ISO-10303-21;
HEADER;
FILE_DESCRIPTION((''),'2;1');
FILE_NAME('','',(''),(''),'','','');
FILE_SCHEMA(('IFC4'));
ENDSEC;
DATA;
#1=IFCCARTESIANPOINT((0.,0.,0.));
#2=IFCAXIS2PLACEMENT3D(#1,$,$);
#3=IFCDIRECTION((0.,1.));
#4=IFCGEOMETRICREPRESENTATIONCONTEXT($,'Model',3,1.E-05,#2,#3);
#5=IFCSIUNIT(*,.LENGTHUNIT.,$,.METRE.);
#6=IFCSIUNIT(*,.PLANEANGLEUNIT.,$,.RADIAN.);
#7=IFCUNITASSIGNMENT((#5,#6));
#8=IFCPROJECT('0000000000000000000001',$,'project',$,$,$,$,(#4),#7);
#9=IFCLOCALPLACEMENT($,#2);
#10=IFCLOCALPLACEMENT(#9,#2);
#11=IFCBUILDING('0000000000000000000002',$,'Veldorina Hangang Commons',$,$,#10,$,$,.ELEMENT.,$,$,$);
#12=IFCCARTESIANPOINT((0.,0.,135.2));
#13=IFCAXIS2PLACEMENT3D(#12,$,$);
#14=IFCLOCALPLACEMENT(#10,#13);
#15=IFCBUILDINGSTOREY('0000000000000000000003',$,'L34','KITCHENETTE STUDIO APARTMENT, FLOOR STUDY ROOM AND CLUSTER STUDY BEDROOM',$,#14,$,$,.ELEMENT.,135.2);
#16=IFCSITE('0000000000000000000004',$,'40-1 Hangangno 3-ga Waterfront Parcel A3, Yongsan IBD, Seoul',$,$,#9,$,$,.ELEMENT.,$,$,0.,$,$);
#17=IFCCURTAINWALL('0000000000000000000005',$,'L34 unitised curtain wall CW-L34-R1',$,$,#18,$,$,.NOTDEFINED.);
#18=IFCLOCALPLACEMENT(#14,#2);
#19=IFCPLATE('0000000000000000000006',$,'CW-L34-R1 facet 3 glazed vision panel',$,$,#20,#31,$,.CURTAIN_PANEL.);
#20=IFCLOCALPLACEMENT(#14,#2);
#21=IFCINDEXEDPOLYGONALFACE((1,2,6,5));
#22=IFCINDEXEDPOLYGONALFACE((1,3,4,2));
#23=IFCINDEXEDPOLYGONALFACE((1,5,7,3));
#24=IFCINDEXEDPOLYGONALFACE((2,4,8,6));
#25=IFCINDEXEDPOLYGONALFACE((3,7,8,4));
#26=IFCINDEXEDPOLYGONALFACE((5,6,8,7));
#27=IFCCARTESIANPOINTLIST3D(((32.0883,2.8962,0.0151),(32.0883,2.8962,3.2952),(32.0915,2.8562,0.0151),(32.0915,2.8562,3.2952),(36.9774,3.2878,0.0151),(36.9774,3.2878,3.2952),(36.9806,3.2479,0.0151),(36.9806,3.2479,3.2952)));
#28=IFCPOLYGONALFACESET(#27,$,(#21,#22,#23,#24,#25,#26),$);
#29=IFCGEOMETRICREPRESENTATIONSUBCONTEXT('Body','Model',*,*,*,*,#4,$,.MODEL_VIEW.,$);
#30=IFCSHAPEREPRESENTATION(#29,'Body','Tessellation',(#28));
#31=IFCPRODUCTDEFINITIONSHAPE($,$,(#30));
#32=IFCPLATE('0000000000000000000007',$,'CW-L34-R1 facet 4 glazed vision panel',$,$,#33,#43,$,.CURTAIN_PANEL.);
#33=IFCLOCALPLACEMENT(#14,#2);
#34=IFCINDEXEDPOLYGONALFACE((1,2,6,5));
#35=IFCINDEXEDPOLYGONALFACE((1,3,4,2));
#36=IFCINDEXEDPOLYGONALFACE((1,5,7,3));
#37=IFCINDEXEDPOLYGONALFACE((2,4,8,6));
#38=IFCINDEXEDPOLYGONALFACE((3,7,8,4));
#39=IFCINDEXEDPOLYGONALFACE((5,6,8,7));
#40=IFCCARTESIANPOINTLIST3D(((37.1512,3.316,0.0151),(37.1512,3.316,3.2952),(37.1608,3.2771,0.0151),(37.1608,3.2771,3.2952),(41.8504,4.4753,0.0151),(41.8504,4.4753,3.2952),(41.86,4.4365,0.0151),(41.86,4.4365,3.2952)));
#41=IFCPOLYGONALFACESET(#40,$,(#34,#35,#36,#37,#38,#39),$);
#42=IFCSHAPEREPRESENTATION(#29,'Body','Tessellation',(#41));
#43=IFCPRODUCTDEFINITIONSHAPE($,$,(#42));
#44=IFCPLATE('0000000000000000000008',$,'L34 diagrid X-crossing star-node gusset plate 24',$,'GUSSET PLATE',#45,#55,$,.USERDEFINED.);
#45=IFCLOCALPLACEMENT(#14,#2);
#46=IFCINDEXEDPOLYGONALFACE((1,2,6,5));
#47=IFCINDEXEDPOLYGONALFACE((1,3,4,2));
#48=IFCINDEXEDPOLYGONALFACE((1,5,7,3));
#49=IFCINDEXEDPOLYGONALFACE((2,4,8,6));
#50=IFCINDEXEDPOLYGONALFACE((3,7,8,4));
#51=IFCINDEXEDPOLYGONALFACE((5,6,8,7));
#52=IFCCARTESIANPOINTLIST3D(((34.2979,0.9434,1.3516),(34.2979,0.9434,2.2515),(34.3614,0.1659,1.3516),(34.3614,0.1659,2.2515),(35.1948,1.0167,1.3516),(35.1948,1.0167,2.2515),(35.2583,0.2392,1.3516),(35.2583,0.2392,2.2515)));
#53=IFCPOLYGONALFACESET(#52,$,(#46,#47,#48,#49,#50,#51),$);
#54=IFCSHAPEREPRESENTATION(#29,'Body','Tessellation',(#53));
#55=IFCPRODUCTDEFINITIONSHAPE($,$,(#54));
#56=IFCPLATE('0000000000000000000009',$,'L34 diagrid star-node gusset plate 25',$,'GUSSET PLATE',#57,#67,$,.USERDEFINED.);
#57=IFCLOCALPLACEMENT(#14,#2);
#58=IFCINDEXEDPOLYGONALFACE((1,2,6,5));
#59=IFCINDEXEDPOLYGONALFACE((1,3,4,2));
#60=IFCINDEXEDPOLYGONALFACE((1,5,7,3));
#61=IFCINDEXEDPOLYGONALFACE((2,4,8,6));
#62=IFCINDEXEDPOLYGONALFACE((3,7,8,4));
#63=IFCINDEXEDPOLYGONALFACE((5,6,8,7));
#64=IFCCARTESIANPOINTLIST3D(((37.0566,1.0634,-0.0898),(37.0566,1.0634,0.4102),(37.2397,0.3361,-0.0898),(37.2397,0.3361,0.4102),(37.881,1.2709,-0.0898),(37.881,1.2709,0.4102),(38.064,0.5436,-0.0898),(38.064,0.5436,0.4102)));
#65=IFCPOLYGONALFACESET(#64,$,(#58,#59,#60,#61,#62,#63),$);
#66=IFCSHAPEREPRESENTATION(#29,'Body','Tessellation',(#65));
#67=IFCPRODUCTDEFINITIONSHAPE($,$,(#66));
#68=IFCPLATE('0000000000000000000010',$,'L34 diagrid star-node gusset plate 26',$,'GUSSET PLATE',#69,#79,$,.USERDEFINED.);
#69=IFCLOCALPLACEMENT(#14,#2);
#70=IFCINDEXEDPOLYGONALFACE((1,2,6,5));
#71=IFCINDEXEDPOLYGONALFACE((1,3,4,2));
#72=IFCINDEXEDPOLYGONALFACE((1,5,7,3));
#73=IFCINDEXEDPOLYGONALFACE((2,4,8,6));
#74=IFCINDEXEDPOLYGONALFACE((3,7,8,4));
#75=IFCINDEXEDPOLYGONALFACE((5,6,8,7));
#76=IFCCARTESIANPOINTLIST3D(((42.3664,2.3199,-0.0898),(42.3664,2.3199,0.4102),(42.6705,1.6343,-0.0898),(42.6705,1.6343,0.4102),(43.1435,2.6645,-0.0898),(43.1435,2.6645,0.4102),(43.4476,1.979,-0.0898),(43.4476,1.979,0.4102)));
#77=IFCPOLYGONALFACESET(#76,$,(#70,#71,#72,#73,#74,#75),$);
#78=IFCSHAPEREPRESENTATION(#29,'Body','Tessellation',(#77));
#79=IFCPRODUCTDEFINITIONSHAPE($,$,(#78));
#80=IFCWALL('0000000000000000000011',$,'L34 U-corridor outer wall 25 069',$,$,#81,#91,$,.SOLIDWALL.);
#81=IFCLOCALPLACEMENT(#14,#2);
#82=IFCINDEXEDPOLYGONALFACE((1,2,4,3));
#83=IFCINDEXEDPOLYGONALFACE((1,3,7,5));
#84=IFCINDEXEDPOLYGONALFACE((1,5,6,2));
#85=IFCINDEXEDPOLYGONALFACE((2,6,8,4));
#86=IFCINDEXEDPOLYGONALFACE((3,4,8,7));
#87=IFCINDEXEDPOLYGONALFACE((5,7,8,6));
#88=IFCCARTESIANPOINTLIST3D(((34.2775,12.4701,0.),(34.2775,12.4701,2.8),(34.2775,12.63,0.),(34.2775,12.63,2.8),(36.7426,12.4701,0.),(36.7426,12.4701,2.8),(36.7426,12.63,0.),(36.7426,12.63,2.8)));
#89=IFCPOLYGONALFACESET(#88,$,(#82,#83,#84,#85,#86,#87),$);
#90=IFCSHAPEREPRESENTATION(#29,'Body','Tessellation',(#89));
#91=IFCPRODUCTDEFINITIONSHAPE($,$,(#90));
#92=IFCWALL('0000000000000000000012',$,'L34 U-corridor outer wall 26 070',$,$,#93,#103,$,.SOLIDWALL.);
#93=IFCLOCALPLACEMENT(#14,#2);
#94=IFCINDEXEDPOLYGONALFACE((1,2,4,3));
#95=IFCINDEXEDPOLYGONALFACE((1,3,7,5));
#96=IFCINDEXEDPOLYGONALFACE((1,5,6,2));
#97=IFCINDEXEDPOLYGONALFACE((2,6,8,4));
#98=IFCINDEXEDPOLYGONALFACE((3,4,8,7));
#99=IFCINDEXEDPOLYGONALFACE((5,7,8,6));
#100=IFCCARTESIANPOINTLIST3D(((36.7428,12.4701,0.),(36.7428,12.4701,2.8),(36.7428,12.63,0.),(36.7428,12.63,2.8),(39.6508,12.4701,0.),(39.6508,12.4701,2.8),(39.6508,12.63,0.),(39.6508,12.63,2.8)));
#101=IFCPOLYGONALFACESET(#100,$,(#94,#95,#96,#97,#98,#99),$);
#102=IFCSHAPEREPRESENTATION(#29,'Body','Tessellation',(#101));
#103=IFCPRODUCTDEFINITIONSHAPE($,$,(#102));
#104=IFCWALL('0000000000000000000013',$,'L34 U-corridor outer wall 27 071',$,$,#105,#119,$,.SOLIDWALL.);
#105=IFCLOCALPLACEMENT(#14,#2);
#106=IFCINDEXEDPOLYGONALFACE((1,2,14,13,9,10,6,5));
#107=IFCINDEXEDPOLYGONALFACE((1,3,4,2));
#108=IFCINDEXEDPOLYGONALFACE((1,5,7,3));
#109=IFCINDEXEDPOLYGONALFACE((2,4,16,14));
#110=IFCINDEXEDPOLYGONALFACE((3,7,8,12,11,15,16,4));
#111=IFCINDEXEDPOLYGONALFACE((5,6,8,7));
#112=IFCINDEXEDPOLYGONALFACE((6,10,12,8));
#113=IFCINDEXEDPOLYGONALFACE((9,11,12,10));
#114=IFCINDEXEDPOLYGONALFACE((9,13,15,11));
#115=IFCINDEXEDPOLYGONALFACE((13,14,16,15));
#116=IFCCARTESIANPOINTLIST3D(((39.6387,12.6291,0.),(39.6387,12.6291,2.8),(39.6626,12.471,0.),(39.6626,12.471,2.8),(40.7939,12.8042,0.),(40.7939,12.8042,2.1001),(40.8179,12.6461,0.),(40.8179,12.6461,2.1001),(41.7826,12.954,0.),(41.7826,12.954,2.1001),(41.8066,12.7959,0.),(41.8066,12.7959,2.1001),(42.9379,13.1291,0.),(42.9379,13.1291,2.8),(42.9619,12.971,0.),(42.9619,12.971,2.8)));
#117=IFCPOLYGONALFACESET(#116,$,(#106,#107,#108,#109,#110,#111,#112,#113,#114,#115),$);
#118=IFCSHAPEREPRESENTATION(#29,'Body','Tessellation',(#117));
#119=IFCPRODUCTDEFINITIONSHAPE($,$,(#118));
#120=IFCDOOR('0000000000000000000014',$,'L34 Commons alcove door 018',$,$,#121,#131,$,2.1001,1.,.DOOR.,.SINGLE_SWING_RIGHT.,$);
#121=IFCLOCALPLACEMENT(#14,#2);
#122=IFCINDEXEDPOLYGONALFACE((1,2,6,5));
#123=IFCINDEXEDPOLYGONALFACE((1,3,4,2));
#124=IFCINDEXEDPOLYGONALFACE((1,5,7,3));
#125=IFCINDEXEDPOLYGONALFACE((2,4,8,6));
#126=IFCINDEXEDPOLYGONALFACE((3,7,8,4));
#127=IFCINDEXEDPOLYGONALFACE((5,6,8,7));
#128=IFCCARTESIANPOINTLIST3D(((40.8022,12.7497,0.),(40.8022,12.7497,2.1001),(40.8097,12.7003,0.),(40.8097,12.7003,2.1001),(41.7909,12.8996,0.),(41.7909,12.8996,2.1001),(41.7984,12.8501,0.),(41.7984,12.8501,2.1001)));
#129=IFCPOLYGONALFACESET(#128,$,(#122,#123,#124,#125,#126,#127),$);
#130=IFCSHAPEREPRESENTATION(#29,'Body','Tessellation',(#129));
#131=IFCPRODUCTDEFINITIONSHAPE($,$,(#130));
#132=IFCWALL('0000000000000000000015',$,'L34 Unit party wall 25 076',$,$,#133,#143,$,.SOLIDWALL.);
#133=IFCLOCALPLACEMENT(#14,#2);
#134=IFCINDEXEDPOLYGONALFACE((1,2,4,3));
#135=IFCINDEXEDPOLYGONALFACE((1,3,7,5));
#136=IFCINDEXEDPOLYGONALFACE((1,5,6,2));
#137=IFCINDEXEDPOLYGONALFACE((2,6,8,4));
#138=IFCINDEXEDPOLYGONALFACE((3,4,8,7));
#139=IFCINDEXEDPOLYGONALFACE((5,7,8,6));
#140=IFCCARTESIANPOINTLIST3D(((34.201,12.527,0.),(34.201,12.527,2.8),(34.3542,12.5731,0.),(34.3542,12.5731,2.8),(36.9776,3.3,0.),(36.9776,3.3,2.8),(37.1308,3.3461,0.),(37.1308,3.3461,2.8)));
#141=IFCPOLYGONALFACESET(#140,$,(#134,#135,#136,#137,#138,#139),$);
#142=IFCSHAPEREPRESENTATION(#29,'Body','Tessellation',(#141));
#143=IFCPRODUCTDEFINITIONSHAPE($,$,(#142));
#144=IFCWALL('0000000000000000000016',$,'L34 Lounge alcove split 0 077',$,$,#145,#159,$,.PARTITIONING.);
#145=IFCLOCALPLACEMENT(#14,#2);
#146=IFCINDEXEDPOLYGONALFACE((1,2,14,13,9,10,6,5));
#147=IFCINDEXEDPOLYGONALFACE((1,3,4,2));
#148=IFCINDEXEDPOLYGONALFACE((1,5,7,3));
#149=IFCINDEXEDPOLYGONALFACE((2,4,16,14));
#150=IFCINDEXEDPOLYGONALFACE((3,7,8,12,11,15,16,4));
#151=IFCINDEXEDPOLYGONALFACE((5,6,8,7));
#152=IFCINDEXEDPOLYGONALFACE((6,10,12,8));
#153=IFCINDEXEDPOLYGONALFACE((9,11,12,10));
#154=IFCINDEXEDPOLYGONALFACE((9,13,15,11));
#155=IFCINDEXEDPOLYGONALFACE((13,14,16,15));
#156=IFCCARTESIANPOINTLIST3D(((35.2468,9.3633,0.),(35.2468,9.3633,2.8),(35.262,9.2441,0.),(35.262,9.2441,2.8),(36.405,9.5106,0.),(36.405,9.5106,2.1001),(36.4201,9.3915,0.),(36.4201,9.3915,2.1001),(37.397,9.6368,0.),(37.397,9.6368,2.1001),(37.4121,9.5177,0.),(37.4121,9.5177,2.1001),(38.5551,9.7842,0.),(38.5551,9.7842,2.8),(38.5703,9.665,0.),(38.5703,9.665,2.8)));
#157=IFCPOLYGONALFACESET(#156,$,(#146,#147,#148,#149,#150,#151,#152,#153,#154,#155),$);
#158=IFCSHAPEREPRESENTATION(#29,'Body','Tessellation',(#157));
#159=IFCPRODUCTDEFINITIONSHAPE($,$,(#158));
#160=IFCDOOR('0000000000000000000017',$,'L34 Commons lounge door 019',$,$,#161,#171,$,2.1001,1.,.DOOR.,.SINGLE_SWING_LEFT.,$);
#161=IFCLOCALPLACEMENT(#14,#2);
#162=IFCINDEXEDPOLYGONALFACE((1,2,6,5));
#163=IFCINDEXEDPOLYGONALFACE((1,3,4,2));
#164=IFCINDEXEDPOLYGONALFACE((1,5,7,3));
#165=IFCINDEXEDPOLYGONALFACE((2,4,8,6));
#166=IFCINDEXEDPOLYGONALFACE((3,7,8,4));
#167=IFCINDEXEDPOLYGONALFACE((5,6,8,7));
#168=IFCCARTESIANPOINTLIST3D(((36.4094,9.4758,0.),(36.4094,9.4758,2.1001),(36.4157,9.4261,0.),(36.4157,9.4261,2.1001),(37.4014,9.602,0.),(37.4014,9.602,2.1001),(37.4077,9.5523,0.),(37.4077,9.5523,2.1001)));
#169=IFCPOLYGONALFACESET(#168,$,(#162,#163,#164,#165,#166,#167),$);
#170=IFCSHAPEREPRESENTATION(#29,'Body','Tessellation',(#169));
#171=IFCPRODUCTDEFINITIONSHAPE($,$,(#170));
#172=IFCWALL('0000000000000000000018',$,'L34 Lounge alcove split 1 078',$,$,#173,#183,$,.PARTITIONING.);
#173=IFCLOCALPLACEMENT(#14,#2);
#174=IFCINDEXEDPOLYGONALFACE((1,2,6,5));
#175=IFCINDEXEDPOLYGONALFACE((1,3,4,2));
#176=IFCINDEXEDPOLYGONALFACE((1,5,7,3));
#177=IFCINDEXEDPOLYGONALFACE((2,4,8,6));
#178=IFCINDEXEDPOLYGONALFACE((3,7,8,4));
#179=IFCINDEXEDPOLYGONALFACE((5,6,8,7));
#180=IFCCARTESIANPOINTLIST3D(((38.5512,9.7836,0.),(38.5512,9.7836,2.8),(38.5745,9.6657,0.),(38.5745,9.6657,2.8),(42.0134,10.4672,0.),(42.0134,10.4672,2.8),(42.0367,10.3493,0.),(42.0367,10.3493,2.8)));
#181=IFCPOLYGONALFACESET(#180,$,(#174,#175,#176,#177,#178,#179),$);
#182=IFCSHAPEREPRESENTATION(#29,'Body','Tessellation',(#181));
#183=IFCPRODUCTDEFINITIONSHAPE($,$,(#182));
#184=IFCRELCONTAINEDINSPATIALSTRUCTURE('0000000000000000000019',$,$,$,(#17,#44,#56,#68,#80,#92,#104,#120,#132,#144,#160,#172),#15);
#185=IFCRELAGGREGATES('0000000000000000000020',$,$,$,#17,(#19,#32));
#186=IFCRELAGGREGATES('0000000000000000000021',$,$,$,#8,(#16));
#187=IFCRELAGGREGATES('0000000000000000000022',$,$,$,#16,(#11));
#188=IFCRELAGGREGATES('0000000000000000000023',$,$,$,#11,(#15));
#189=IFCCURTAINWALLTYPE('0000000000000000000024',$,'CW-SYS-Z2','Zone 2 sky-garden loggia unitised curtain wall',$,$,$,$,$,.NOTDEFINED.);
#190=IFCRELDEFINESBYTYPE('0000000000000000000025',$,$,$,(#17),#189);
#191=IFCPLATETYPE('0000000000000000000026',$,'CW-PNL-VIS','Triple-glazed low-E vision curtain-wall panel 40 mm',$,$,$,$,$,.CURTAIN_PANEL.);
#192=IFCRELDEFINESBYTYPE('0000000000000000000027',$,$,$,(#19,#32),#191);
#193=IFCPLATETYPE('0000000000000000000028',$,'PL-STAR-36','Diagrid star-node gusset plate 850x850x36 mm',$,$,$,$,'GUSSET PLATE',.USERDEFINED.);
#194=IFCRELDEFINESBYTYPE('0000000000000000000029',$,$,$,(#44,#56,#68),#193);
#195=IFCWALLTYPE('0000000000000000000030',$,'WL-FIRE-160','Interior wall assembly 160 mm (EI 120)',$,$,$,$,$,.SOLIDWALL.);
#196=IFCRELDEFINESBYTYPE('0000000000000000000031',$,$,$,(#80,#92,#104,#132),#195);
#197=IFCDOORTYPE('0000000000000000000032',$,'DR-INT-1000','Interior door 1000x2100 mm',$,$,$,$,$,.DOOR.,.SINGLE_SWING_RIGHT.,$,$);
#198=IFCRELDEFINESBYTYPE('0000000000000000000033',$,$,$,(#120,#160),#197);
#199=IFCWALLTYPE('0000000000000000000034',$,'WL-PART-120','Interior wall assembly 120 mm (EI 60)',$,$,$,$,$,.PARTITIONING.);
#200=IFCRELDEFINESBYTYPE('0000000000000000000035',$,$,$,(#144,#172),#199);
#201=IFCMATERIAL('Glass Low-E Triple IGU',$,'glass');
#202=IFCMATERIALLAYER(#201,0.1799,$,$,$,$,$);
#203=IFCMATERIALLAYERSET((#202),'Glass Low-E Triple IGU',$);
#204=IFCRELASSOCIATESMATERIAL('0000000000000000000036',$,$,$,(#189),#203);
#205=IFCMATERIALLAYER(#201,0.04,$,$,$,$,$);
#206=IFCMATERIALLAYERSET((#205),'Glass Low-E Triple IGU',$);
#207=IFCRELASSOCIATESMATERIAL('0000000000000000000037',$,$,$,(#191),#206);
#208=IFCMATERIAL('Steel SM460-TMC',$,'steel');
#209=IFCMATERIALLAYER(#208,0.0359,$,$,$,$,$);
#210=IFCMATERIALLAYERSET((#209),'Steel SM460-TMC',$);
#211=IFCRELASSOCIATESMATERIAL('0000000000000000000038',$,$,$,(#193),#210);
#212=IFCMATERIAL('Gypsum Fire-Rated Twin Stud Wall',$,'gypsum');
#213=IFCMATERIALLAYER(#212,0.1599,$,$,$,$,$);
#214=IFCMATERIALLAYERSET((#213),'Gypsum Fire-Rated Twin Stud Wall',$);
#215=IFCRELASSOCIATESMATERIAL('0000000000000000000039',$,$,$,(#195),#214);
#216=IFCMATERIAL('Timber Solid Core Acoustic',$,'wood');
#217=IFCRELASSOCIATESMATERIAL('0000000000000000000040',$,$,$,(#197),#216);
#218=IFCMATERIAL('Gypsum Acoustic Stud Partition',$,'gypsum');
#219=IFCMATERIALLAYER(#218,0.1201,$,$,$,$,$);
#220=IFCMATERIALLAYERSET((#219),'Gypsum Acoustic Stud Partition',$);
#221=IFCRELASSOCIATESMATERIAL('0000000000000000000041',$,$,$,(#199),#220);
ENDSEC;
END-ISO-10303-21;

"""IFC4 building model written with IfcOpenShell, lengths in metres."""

from ifc_helpers import new_model, si_unit, direction, frame, frame_2d, origin, origin_2d, place, context, subcontext, project, spatial, rectangle, extrude, material, layer, layer_set, type_object, element, fill, aggregate, save


model = new_model("IFC4")

# Units and contexts
model_context = context("Model", 3, precision=1e-05, world=origin(), true_north=direction((0.0, 1.0)))
body_context = subcontext(model_context, "Body", "Model", "MODEL_VIEW")
ifc_project = project(units=[si_unit("LENGTHUNIT", "METRE"), si_unit("PLANEANGLEUNIT", "RADIAN")], contexts=[model_context])

# Site, building, storey
site_placement = place(None, origin())
site = spatial("IfcSite", under=ifc_project, at=site_placement, Name="40-1 Hangangno 3-ga Waterfront Parcel A3, Yongsan IBD, Seoul", CompositionType="ELEMENT", RefElevation=0.0)
building_placement = place(site_placement, origin())
building = spatial("IfcBuilding", under=site, at=building_placement, Name="Veldorina Hangang Commons", CompositionType="ELEMENT")
storey_placement = place(building_placement, frame((0.0, 0.0, 135.2)))
storey = spatial("IfcBuildingStorey", under=building, at=storey_placement, Name="L34", Description="KITCHENETTE STUDIO APARTMENT, FLOOR STUDY ROOM AND CLUSTER STUDY BEDROOM", CompositionType="ELEMENT", Elevation=135.2)

# Curtain wall
ifc_material_1 = material(Name="Glass Low-E Triple IGU", Category="glass")
ifc_layer_1 = layer(ifc_material_1, 0.1799)
ifc_layer_set_1 = layer_set([ifc_layer_1], Name="Glass Low-E Triple IGU")
curtain_wall_type = type_object("IfcCurtainWallType", Name="CW-SYS-Z2", Description="Zone 2 sky-garden loggia unitised curtain wall", PredefinedType="NOTDEFINED", material=ifc_layer_set_1)
curtain_wall_placement = place(storey_placement, origin())
curtain_wall = element("IfcCurtainWall", 1, at=curtain_wall_placement, inside=storey, type_object=curtain_wall_type, Name="L34 unitised curtain wall CW-L34-R1", PredefinedType="NOTDEFINED")

# Plates
ifc_layer_2 = layer(ifc_material_1, 0.04)
ifc_layer_set_2 = layer_set([ifc_layer_2], Name="Glass Low-E Triple IGU")
plate_type_1 = type_object("IfcPlateType", Name="CW-PNL-VIS", Description="Triple-glazed low-E vision curtain-wall panel 40 mm", PredefinedType="CURTAIN_PANEL", material=ifc_layer_set_2)
plate_1_placement = place(storey_placement, frame((34.5344, 3.072, 0.0151), z_axis=(0.0, 0.0, 1.0), x_axis=(0.996807, 0.079851, 0.0)))
plate_1 = element("IfcPlate", 2, at=plate_1_placement, type_object=plate_type_1, Name="CW-L34-R1 facet 3 glazed vision panel", PredefinedType="CURTAIN_PANEL", context=body_context, shape_type="SweptSolid", body=[
    extrude(rectangle(XDim=4.9048, YDim=0.04, at=origin_2d()), origin(), (0.0, 0.0, 1.0), 3.28),
])
plate_2_placement = place(storey_placement, frame((39.5056, 3.8762, 0.0151), z_axis=(0.0, 0.0, 1.0), x_axis=(0.970888, 0.239533, 0.0)))
plate_2 = element("IfcPlate", 3, at=plate_2_placement, type_object=plate_type_1, Name="CW-L34-R1 facet 4 glazed vision panel", PredefinedType="CURTAIN_PANEL", context=body_context, shape_type="SweptSolid", body=[
    extrude(rectangle(XDim=4.8401, YDim=0.04, at=origin_2d()), origin(), (0.0, 0.0, 1.0), 3.28),
])
aggregate(curtain_wall, [plate_1, plate_2])

# Plates
ifc_material_2 = material(Name="Steel SM460-TMC", Category="steel")
ifc_layer_3 = layer(ifc_material_2, 0.0359)
ifc_layer_set_3 = layer_set([ifc_layer_3], Name="Steel SM460-TMC")
plate_type_2 = type_object("IfcPlateType", Name="PL-STAR-36", Description="Diagrid star-node gusset plate 850x850x36 mm", ElementType="GUSSET PLATE", PredefinedType="USERDEFINED", material=ifc_layer_set_3)
plate_3_placement = place(storey_placement, frame((34.7781, 0.5913, 1.3516), z_axis=(0.0, 0.0, 1.0), x_axis=(0.996677, 0.081451, 0.0)))
element("IfcPlate", 4, at=plate_3_placement, inside=storey, type_object=plate_type_2, Name="L34 diagrid X-crossing star-node gusset plate 24", ObjectType="GUSSET PLATE", PredefinedType="USERDEFINED", context=body_context, shape_type="SweptSolid", body=[
    extrude(rectangle(XDim=0.8999, YDim=0.78, at=origin_2d()), origin(), (0.0, 0.0, 1.0), 0.8999),
])
for number, where, z_axis, x_axis, name in (
    (5, (37.5603, 0.8035, -0.0898), (0.0, 0.0, 1.0), (0.969749, 0.244106, 0.0), "L34 diagrid star-node gusset plate 25"),
    (6, (42.907, 2.1494, -0.0898), (0.0, 0.0, 1.0), (0.914112, 0.405461, 0.0), "L34 diagrid star-node gusset plate 26"),
):
    element("IfcPlate", number, at=place(storey_placement, frame(where, z_axis=z_axis, x_axis=x_axis)), inside=storey, type_object=plate_type_2, Name=name, ObjectType="GUSSET PLATE", PredefinedType="USERDEFINED", context=body_context, shape_type="SweptSolid", body=[
        extrude(rectangle(XDim=0.8501, YDim=0.75, at=origin_2d()), origin(), (0.0, 0.0, 1.0), 0.5),
    ])

# Walls
ifc_material_3 = material(Name="Gypsum Fire-Rated Twin Stud Wall", Category="gypsum")
ifc_layer_4 = layer(ifc_material_3, 0.1599)
ifc_layer_set_4 = layer_set([ifc_layer_4], Name="Gypsum Fire-Rated Twin Stud Wall")
wall_type_1 = type_object("IfcWallType", Name="WL-FIRE-160", Description="Interior wall assembly 160 mm (EI 120)", PredefinedType="SOLIDWALL", material=ifc_layer_set_4)
wall_1_placement = place(storey_placement, frame((34.2776, 12.55, 0.0), z_axis=(0.0, 0.0, 1.0), x_axis=(1.0, 0.0, 0.0)))
element("IfcWall", 7, at=wall_1_placement, inside=storey, type_object=wall_type_1, Name="L34 U-corridor outer wall 25 069", PredefinedType="SOLIDWALL", context=body_context, shape_type="SweptSolid", body=[
    extrude(rectangle(XDim=2.4651, YDim=0.1599, at=frame_2d((1.2324, 0.0))), origin(), (0.0, 0.0, 1.0), 2.8),
])
wall_2_placement = place(storey_placement, frame((36.7427, 12.55, 0.0), z_axis=(0.0, 0.0, 1.0), x_axis=(1.0, 0.0, 0.0)))
element("IfcWall", 8, at=wall_2_placement, inside=storey, type_object=wall_type_1, Name="L34 U-corridor outer wall 26 070", PredefinedType="SOLIDWALL", context=body_context, shape_type="SweptSolid", body=[
    extrude(rectangle(XDim=2.908, YDim=0.1599, at=frame_2d((1.4541, 0.0))), origin(), (0.0, 0.0, 1.0), 2.8),
])

# Wall, opening, door
wall_3_placement = place(storey_placement, frame((39.6506, 12.55, 0.0), z_axis=(0.0, 0.0, 1.0), x_axis=(0.988711, 0.149836, 0.0)))
wall_3 = element("IfcWall", 9, at=wall_3_placement, inside=storey, type_object=wall_type_1, Name="L34 U-corridor outer wall 27 071", PredefinedType="SOLIDWALL", context=body_context, shape_type="SweptSolid", body=[
    extrude(rectangle(XDim=3.3369, YDim=0.1599, at=frame_2d((1.6685, 0.0))), origin(), (0.0, 0.0, 1.0), 2.8),
])
opening_1_placement = place(wall_3_placement, frame((1.1685, 0.0, 0.0)))
opening_1 = element("IfcOpeningElement", 10, at=opening_1_placement, cuts=wall_3, PredefinedType="OPENING", context=body_context, shape_type="SweptSolid", body=[
    extrude(rectangle(XDim=1.0, YDim=2.1001, at=frame_2d((0.5, 1.05))), frame((0.0, 0.0898, 0.0), z_axis=(0.0, -1.0, 0.0), x_axis=(1.0, 0.0, 0.0)), (0.0, 0.0, 1.0), 0.1799),
])
ifc_material_4 = material(Name="Timber Solid Core Acoustic", Category="wood")
door_type_1 = type_object("IfcDoorType", Name="DR-INT-1000", Description="Interior door 1000x2100 mm", OperationType="SINGLE_SWING_RIGHT", PredefinedType="DOOR", material=ifc_material_4)
door_1_placement = place(opening_1_placement, origin())
door_1 = element("IfcDoor", 11, at=door_1_placement, inside=storey, type_object=door_type_1, Name="L34 Commons alcove door 018", OperationType="SINGLE_SWING_RIGHT", OverallHeight=2.1001, OverallWidth=1.0, PredefinedType="DOOR", context=body_context, shape_type="SweptSolid", body=[
    extrude(rectangle(XDim=1.0, YDim=2.1001, at=frame_2d((0.5, 1.05))), frame((0.0, 0.0249, 0.0), z_axis=(0.0, -1.0, 0.0), x_axis=(1.0, 0.0, 0.0)), (0.0, 0.0, 1.0), 0.05),
])
fill(opening_1, door_1)

# Wall
wall_4_placement = place(storey_placement, frame((34.2776, 12.55, 0.0), z_axis=(0.0, 0.0, 1.0), x_axis=(0.288157, -0.957583, 0.0)))
element("IfcWall", 12, at=wall_4_placement, inside=storey, type_object=wall_type_1, Name="L34 Unit party wall 25 076", PredefinedType="SOLIDWALL", context=body_context, shape_type="SweptSolid", body=[
    extrude(rectangle(XDim=9.6357, YDim=0.1599, at=frame_2d((4.8179, 0.0))), origin(), (0.0, 0.0, 1.0), 2.8),
])

# Wall, opening, door
ifc_material_5 = material(Name="Gypsum Acoustic Stud Partition", Category="gypsum")
ifc_layer_5 = layer(ifc_material_5, 0.1201)
ifc_layer_set_5 = layer_set([ifc_layer_5], Name="Gypsum Acoustic Stud Partition")
wall_type_2 = type_object("IfcWallType", Name="WL-PART-120", Description="Interior wall assembly 120 mm (EI 60)", PredefinedType="PARTITIONING", material=ifc_layer_set_5)
wall_5_placement = place(storey_placement, frame((35.2544, 9.3037, 0.0), z_axis=(0.0, 0.0, 1.0), x_axis=(0.992004, 0.126206, 0.0)))
wall_5 = element("IfcWall", 13, at=wall_5_placement, inside=storey, type_object=wall_type_2, Name="L34 Lounge alcove split 0 077", PredefinedType="PARTITIONING", context=body_context, shape_type="SweptSolid", body=[
    extrude(rectangle(XDim=3.335, YDim=0.1201, at=frame_2d((1.6675, 0.0))), origin(), (0.0, 0.0, 1.0), 2.8),
])
opening_2_placement = place(wall_5_placement, frame((1.1675, 0.0, 0.0)))
opening_2 = element("IfcOpeningElement", 14, at=opening_2_placement, cuts=wall_5, PredefinedType="OPENING", context=body_context, shape_type="SweptSolid", body=[
    extrude(rectangle(XDim=1.0, YDim=2.1001, at=frame_2d((0.5, 1.05))), frame((0.0, 0.0701, 0.0), z_axis=(0.0, -1.0, 0.0), x_axis=(1.0, 0.0, 0.0)), (0.0, 0.0, 1.0), 0.1401),
])
door_2_placement = place(opening_2_placement, origin())
door_2 = element("IfcDoor", 15, at=door_2_placement, inside=storey, type_object=door_type_1, Name="L34 Commons lounge door 019", OperationType="SINGLE_SWING_LEFT", OverallHeight=2.1001, OverallWidth=1.0, PredefinedType="DOOR", context=body_context, shape_type="SweptSolid", body=[
    extrude(rectangle(XDim=1.0, YDim=2.1001, at=frame_2d((0.5, 1.05))), frame((0.0, 0.0249, 0.0), z_axis=(0.0, -1.0, 0.0), x_axis=(1.0, 0.0, 0.0)), (0.0, 0.0, 1.0), 0.05),
])
fill(opening_2, door_2)

# Wall
wall_6_placement = place(storey_placement, frame((38.5627, 9.7246, 0.0), z_axis=(0.0, 0.0, 1.0), x_axis=(0.981059, 0.193708, 0.0)))
element("IfcWall", 16, at=wall_6_placement, inside=storey, type_object=wall_type_2, Name="L34 Lounge alcove split 1 078", PredefinedType="PARTITIONING", context=body_context, shape_type="SweptSolid", body=[
    extrude(rectangle(XDim=3.5291, YDim=0.1201, at=frame_2d((1.7646, 0.0))), origin(), (0.0, 0.0, 1.0), 2.8),
])

save(model, "model.ifc")
